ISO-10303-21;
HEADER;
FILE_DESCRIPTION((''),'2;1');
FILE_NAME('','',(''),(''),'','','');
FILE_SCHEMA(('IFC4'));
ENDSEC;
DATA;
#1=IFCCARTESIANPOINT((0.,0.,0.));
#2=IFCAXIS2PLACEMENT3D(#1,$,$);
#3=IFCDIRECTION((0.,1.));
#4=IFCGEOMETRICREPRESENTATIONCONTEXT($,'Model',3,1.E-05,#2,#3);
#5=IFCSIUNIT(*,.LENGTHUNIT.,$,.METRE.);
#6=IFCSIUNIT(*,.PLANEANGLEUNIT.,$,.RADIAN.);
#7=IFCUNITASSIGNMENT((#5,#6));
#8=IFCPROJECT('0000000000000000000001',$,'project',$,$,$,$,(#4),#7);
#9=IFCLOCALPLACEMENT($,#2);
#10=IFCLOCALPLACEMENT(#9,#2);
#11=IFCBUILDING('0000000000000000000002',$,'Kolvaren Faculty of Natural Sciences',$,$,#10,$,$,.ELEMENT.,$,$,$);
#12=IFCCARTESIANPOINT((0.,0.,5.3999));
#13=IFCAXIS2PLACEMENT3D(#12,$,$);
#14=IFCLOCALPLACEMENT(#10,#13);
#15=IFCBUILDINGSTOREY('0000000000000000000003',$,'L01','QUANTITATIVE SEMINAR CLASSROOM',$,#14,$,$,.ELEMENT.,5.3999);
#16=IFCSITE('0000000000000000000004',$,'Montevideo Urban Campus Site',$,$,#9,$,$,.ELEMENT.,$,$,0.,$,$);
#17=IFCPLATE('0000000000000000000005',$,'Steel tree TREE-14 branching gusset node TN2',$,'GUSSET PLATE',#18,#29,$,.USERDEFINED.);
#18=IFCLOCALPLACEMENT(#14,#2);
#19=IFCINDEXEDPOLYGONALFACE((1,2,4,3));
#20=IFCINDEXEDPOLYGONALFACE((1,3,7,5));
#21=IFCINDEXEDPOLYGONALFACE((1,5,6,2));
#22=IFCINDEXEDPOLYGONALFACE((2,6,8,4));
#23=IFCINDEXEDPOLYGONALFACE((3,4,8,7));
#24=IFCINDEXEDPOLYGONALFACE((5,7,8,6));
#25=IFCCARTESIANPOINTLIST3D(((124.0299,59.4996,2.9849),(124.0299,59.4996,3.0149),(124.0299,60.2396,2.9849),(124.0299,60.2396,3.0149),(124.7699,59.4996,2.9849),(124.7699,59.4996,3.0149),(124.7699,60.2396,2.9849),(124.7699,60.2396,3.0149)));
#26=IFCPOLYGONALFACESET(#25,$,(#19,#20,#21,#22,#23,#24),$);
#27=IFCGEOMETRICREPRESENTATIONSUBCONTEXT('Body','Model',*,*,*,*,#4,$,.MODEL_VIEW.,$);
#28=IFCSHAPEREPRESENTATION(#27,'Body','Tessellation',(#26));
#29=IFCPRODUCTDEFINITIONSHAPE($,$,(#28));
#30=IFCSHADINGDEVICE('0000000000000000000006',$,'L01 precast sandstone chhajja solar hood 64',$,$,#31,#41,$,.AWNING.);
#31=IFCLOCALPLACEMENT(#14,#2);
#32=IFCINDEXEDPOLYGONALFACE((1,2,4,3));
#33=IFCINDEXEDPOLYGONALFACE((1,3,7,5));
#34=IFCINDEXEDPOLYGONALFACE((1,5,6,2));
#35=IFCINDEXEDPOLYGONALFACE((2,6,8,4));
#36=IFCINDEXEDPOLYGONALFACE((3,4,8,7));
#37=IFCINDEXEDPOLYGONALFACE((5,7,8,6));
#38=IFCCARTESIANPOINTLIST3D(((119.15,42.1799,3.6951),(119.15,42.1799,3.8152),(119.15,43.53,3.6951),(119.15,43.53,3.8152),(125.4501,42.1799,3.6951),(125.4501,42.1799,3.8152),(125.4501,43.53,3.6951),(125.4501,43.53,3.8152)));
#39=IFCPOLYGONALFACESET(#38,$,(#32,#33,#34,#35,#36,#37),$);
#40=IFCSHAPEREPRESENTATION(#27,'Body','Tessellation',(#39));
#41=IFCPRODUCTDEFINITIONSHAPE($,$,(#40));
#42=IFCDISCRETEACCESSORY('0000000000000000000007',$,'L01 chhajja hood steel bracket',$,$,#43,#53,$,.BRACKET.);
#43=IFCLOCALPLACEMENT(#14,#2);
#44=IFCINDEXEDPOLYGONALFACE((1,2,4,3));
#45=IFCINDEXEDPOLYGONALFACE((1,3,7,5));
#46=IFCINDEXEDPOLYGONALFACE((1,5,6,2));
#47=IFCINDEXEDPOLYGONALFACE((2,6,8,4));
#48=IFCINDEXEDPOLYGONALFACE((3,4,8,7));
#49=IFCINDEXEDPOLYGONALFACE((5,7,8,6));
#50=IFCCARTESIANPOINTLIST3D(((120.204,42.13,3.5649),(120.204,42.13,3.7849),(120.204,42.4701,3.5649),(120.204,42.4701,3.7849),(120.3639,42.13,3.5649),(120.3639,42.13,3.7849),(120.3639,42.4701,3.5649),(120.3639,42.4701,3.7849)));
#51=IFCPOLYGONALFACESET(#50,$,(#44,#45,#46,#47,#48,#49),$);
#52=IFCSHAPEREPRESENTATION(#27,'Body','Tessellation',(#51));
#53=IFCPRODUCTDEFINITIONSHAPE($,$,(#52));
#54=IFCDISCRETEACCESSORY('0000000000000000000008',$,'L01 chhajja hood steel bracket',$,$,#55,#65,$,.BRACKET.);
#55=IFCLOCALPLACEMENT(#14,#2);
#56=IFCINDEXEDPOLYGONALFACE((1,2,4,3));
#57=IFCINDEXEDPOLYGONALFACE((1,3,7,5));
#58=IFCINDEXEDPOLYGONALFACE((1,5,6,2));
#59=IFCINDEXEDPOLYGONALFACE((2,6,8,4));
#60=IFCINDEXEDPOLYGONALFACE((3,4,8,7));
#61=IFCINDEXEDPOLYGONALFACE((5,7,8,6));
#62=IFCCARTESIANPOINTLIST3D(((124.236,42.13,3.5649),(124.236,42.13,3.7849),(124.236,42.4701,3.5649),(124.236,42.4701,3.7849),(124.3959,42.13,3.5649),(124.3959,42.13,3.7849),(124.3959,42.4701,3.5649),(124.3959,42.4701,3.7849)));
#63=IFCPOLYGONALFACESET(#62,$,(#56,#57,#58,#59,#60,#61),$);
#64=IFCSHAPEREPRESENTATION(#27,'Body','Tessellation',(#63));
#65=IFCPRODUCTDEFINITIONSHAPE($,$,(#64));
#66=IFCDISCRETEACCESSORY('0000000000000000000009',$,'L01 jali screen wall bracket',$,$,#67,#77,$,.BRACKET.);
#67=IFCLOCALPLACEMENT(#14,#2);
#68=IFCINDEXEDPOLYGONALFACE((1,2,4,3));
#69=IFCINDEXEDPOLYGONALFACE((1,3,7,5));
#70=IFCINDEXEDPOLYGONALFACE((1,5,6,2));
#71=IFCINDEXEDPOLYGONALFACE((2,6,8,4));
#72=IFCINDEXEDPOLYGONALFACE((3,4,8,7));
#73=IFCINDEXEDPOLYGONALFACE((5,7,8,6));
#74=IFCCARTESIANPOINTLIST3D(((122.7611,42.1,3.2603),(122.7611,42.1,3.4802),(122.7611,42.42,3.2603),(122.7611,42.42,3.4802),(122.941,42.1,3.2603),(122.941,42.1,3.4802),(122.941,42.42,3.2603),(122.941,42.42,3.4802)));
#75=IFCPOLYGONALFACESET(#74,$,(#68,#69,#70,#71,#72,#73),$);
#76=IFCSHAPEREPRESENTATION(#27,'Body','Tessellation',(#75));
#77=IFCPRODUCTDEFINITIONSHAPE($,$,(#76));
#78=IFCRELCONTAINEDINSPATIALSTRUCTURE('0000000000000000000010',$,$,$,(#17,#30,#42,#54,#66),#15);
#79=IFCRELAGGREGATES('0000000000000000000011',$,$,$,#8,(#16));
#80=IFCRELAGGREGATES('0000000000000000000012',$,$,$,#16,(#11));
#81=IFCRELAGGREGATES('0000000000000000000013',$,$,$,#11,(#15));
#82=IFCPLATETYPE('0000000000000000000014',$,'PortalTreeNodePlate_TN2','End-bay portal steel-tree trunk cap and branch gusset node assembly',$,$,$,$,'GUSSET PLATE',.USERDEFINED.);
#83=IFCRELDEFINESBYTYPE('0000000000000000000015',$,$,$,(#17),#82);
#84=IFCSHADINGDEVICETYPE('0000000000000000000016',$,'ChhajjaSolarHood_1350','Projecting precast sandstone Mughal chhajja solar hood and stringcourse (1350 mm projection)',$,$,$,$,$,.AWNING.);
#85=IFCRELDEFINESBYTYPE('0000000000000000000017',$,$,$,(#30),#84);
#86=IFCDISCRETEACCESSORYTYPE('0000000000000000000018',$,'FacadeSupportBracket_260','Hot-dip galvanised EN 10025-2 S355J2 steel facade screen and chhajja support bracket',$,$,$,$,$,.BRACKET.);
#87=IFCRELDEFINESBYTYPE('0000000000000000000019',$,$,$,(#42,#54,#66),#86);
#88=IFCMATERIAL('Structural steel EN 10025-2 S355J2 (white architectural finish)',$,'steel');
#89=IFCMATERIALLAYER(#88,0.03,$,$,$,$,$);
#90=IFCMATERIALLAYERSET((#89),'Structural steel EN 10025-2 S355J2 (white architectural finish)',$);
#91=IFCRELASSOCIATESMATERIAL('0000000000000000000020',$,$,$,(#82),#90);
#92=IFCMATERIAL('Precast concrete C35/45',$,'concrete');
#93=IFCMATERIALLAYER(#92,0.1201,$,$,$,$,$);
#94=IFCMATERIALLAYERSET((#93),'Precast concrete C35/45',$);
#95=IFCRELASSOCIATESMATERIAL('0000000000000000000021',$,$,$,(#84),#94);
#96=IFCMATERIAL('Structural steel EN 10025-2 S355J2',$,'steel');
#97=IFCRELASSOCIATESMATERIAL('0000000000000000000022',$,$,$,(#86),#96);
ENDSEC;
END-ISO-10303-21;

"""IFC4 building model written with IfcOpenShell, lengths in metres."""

from ifc_helpers import new_model, si_unit, direction, frame, origin, origin_2d, place, context, subcontext, project, spatial, rectangle, extrude, material, layer, layer_set, type_object, element, save


model = new_model("IFC4")

# Units and contexts
model_context = context("Model", 3, precision=1e-05, world=origin(), true_north=direction((0.0, 1.0)))
body_context = subcontext(model_context, "Body", "Model", "MODEL_VIEW")
ifc_project = project(units=[si_unit("LENGTHUNIT", "METRE"), si_unit("PLANEANGLEUNIT", "RADIAN")], contexts=[model_context])

# Site, building, storey
site_placement = place(None, origin())
site = spatial("IfcSite", under=ifc_project, at=site_placement, Name="Montevideo Urban Campus Site", CompositionType="ELEMENT", RefElevation=0.0)
building_placement = place(site_placement, origin())
building = spatial("IfcBuilding", under=site, at=building_placement, Name="Kolvaren Faculty of Natural Sciences", CompositionType="ELEMENT")
storey_placement = place(building_placement, frame((0.0, 0.0, 5.3999)))
storey = spatial("IfcBuildingStorey", under=building, at=storey_placement, Name="L01", Description="QUANTITATIVE SEMINAR CLASSROOM", CompositionType="ELEMENT", Elevation=5.3999)

# Plate
ifc_material_1 = material(Name="Structural steel EN 10025-2 S355J2 (white architectural finish)", Category="steel")
ifc_layer_1 = layer(ifc_material_1, 0.03)
ifc_layer_set_1 = layer_set([ifc_layer_1], Name="Structural steel EN 10025-2 S355J2 (white architectural finish)")
plate_type_1 = type_object("IfcPlateType", Name="PortalTreeNodePlate_TN2", Description="End-bay portal steel-tree trunk cap and branch gusset node assembly", ElementType="GUSSET PLATE", PredefinedType="USERDEFINED", material=ifc_layer_set_1)
for number, where, z_axis, x_axis, name in (
    (1, (124.3999, 59.8696, 2.9849), (0.0, 0.0, 1.0), (1.0, 0.0, 0.0), "Steel tree TREE-14 branching gusset node TN2"),
):
    element("IfcPlate", number, at=place(storey_placement, frame(where, z_axis=z_axis, x_axis=x_axis)), inside=storey, type_object=plate_type_1, Name=name, ObjectType="GUSSET PLATE", PredefinedType="USERDEFINED", context=body_context, shape_type="SweptSolid", body=[
        extrude(rectangle(XDim=0.74, YDim=0.74, at=origin_2d()), origin(), (0.0, 0.0, 1.0), 0.03),
    ])

# Shading device
ifc_material_2 = material(Name="Precast concrete C35/45", Category="concrete")
ifc_layer_2 = layer(ifc_material_2, 0.1201)
ifc_layer_set_2 = layer_set([ifc_layer_2], Name="Precast concrete C35/45")
shading_device_type = type_object("IfcShadingDeviceType", Name="ChhajjaSolarHood_1350", Description="Projecting precast sandstone Mughal chhajja solar hood and stringcourse (1350 mm projection)", PredefinedType="AWNING", material=ifc_layer_set_2)
shading_device_placement = place(storey_placement, frame((122.3, 42.855, 3.6951), z_axis=(0.0, 0.0, 1.0), x_axis=(1.0, 0.0, 0.0)))
element("IfcShadingDevice", 2, at=shading_device_placement, inside=storey, type_object=shading_device_type, Name="L01 precast sandstone chhajja solar hood 64", PredefinedType="AWNING", context=body_context, shape_type="SweptSolid", body=[
    extrude(rectangle(XDim=6.3, YDim=1.3501, at=origin_2d()), origin(), (0.0, 0.0, 1.0), 0.1201),
])

# Discrete accessories
ifc_material_3 = material(Name="Structural steel EN 10025-2 S355J2", Category="steel")
discrete_accessory_type = type_object("IfcDiscreteAccessoryType", Name="FacadeSupportBracket_260", Description="Hot-dip galvanised EN 10025-2 S355J2 steel facade screen and chhajja support bracket", PredefinedType="BRACKET", material=ifc_material_3)
for number, where, z_axis, x_axis, name in (
    (3, (120.2839, 42.3, 3.5649), (0.0, 0.0, 1.0), (1.0, 0.0, 0.0), "L01 chhajja hood steel bracket"),
    (4, (124.3159, 42.3, 3.5649), (0.0, 0.0, 1.0), (1.0, 0.0, 0.0), "L01 chhajja hood steel bracket"),
):
    element("IfcDiscreteAccessory", number, at=place(storey_placement, frame(where, z_axis=z_axis, x_axis=x_axis)), inside=storey, type_object=discrete_accessory_type, Name=name, PredefinedType="BRACKET", context=body_context, shape_type="SweptSolid", body=[
        extrude(rectangle(XDim=0.1599, YDim=0.3401, at=origin_2d()), origin(), (0.0, 0.0, 1.0), 0.22),
    ])
discrete_accessory_placement = place(storey_placement, frame((122.8511, 42.26, 3.2603), z_axis=(0.0, 0.0, 1.0), x_axis=(1.0, 0.0, 0.0)))
element("IfcDiscreteAccessory", 5, at=discrete_accessory_placement, inside=storey, type_object=discrete_accessory_type, Name="L01 jali screen wall bracket", PredefinedType="BRACKET", context=body_context, shape_type="SweptSolid", body=[
    extrude(rectangle(XDim=0.1799, YDim=0.3201, at=origin_2d()), origin(), (0.0, 0.0, 1.0), 0.22),
])

save(model, "model.ifc")
